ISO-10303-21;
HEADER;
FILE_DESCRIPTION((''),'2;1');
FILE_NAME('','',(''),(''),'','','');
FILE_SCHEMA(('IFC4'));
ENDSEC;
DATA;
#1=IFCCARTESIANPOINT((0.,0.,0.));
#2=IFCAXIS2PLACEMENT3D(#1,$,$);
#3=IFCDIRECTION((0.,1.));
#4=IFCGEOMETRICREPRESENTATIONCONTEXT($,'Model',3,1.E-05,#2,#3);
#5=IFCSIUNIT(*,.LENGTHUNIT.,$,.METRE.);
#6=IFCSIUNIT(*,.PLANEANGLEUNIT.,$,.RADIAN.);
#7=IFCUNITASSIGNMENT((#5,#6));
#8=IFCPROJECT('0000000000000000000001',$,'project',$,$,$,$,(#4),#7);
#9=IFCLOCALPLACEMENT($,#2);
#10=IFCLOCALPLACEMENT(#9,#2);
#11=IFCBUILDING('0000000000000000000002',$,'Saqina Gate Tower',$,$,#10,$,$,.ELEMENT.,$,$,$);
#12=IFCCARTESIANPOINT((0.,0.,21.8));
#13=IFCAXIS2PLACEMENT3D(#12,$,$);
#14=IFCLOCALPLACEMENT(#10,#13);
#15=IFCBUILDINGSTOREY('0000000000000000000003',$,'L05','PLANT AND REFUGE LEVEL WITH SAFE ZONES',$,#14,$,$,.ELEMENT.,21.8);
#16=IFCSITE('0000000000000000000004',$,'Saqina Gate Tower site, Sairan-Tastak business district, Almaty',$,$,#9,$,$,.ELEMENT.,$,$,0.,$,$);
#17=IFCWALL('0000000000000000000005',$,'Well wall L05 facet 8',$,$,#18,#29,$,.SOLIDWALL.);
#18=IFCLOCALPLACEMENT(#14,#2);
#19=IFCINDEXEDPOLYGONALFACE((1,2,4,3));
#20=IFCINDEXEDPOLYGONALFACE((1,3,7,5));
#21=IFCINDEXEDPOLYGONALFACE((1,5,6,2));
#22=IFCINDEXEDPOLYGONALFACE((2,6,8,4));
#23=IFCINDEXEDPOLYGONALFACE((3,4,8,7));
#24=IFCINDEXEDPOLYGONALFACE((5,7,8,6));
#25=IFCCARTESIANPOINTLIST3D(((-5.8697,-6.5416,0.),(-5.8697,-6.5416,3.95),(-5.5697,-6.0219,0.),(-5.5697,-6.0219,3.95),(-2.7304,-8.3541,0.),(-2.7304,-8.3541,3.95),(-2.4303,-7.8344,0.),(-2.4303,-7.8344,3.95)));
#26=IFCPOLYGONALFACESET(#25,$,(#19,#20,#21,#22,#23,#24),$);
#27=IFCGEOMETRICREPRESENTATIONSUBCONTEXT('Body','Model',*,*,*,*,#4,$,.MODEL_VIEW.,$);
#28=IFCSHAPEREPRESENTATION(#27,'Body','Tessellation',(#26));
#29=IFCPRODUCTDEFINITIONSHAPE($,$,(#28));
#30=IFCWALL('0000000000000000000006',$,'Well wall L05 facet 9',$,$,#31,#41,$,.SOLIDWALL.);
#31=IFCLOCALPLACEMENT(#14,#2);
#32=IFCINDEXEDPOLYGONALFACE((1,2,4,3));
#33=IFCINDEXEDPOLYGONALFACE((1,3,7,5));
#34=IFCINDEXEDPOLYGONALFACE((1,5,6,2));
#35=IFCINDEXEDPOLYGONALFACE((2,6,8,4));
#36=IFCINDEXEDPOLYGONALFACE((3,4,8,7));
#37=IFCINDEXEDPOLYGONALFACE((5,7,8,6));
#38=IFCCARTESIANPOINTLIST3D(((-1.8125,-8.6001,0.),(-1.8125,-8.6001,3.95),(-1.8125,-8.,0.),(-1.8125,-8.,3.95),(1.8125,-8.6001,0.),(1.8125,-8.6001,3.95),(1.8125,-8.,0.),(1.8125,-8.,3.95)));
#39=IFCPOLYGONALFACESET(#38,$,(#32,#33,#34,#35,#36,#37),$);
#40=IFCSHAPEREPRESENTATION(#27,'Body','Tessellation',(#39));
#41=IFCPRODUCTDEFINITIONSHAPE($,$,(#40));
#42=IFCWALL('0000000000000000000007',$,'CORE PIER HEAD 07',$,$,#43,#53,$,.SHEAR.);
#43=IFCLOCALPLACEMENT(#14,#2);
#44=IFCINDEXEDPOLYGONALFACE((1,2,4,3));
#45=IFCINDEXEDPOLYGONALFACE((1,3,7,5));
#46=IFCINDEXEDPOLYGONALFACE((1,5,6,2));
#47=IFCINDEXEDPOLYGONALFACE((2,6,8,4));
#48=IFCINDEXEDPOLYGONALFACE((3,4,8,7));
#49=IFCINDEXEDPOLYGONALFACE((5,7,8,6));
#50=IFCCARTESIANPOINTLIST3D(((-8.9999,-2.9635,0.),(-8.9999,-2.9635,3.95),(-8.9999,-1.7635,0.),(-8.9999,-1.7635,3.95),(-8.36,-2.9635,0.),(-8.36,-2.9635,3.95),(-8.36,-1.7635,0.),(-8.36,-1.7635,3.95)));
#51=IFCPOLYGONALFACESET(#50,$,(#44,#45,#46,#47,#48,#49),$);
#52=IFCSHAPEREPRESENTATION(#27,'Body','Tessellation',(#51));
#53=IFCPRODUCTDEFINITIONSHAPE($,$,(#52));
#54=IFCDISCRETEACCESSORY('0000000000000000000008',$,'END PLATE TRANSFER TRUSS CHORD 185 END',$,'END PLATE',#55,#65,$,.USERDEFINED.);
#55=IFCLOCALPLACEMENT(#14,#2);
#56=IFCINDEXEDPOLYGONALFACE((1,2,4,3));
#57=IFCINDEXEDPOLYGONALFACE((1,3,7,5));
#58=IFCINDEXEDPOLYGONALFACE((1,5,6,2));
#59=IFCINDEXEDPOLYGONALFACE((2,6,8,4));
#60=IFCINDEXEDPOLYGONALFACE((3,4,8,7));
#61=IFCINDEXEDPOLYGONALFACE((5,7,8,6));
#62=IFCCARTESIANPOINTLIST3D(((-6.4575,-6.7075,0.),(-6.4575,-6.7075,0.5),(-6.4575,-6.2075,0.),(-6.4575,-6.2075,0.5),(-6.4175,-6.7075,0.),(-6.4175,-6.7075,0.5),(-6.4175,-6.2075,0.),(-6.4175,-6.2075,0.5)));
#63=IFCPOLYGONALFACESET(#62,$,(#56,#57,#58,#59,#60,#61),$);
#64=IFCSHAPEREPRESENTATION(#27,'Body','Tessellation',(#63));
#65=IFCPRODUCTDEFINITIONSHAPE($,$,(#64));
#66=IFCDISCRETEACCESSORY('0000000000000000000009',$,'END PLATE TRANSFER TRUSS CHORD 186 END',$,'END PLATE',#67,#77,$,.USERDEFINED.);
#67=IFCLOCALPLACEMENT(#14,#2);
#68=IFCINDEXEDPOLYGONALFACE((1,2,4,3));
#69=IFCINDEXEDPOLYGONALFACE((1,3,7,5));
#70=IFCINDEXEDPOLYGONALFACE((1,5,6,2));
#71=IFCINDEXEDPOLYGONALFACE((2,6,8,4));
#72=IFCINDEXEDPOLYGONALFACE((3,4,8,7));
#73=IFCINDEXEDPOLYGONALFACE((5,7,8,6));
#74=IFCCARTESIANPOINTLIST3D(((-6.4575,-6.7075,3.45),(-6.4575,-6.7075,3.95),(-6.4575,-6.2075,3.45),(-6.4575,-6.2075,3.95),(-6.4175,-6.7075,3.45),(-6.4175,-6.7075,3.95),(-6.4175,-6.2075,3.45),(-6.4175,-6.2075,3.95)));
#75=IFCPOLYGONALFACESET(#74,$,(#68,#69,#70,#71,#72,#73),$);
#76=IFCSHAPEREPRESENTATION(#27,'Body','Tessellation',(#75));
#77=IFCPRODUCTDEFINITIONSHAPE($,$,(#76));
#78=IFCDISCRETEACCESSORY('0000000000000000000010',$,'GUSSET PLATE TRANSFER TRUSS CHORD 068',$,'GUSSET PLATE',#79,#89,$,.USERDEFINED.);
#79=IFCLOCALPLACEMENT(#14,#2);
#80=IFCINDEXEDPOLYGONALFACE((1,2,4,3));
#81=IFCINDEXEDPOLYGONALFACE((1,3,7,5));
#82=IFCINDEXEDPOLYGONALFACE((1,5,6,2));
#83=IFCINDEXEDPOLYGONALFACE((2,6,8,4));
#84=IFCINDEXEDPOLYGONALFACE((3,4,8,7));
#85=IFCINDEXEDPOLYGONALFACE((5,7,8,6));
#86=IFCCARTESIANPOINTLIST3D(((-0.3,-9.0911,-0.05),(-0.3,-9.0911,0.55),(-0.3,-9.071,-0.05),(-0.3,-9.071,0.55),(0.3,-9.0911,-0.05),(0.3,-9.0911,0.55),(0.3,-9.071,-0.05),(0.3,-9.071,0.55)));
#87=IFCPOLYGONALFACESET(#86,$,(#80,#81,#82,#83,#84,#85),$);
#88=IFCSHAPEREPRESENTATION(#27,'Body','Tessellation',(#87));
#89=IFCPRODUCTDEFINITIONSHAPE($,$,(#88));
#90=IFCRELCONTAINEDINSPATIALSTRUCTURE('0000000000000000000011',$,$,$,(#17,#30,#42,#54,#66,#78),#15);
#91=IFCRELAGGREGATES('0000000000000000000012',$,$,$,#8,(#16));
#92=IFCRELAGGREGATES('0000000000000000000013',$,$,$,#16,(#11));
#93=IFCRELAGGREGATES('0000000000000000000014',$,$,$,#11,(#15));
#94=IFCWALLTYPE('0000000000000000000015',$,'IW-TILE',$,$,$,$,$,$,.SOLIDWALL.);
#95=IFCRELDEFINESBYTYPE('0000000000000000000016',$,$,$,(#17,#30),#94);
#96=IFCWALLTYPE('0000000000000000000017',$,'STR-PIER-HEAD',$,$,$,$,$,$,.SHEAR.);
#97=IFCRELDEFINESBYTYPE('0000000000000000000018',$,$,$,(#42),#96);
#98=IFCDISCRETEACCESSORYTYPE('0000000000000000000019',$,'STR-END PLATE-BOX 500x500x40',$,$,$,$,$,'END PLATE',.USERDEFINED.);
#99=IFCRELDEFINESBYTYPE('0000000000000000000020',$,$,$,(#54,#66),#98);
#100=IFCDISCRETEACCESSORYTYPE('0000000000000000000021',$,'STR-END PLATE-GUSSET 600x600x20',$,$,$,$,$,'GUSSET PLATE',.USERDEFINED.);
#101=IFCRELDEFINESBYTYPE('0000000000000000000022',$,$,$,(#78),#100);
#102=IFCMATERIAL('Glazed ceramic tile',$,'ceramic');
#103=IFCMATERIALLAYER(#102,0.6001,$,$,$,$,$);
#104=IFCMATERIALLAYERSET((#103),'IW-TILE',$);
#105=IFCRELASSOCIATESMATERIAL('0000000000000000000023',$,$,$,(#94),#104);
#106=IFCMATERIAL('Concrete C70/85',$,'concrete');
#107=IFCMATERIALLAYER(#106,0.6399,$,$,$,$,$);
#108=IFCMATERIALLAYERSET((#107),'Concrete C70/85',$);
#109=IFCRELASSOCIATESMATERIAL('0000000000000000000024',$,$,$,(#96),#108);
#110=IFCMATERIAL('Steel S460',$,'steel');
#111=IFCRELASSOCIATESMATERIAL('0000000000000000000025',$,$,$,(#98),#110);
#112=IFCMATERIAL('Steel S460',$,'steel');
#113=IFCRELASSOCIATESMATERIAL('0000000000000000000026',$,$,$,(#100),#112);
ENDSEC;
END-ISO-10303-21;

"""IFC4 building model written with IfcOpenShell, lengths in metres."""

from ifc_helpers import new_model, si_unit, direction, frame, frame_2d, origin, origin_2d, place, context, subcontext, project, spatial, rectangle, extrude, material, layer, layer_set, material_profile, profile_set, type_object, element, save


model = new_model("IFC4")

# Units and contexts
model_context = context("Model", 3, precision=1e-05, world=origin(), true_north=direction((0.0, 1.0)))
body_context = subcontext(model_context, "Body", "Model", "MODEL_VIEW")
ifc_project = project(units=[si_unit("LENGTHUNIT", "METRE"), si_unit("PLANEANGLEUNIT", "RADIAN")], contexts=[model_context])

# Site, building, storey
site_placement = place(None, origin())
site = spatial("IfcSite", under=ifc_project, at=site_placement, Name="Saqina Gate Tower site, Sairan-Tastak business district, Almaty", CompositionType="ELEMENT", RefElevation=0.0)
building_placement = place(site_placement, origin())
building = spatial("IfcBuilding", under=site, at=building_placement, Name="Saqina Gate Tower", CompositionType="ELEMENT")
storey_placement = place(building_placement, frame((0.0, 0.0, 21.8)))
storey = spatial("IfcBuildingStorey", under=building, at=storey_placement, Name="L05", Description="PLANT AND REFUGE LEVEL WITH SAFE ZONES", CompositionType="ELEMENT", Elevation=21.8)

# Walls
ifc_material_1 = material(Name="Glazed ceramic tile", Category="ceramic")
ifc_layer_1 = layer(ifc_material_1, 0.6001)
ifc_layer_set_1 = layer_set([ifc_layer_1], Name="IW-TILE")
wall_type_1 = type_object("IfcWallType", Name="IW-TILE", PredefinedType="SOLIDWALL", material=ifc_layer_set_1)
for number, where, z_axis, x_axis, name in (
    (1, (-5.7197, -6.2817, 0.0), (0.0, 0.0, 1.0), (0.86603, -0.499993, 0.0), "Well wall L05 facet 8"),
    (2, (-1.8125, -8.3, 0.0), (0.0, 0.0, 1.0), (1.0, 0.0, 0.0), "Well wall L05 facet 9"),
):
    element("IfcWall", number, at=place(storey_placement, frame(where, z_axis=z_axis, x_axis=x_axis)), inside=storey, type_object=wall_type_1, Name=name, PredefinedType="SOLIDWALL", context=body_context, shape_type="SweptSolid", body=[
        extrude(rectangle(XDim=3.625, YDim=0.6001, at=frame_2d((1.8125, 0.0))), origin(), (0.0, 0.0, 1.0), 3.95),
    ])
ifc_material_2 = material(Name="Concrete C70/85", Category="concrete")
ifc_layer_2 = layer(ifc_material_2, 0.6399)
ifc_layer_set_2 = layer_set([ifc_layer_2], Name="Concrete C70/85")
wall_type_2 = type_object("IfcWallType", Name="STR-PIER-HEAD", PredefinedType="SHEAR", material=ifc_layer_set_2)
wall_placement = place(storey_placement, frame((-8.6799, -2.9636, 0.0), z_axis=(0.0, 0.0, 1.0), x_axis=(0.0, 1.0, 0.0)))
element("IfcWall", 3, at=wall_placement, inside=storey, type_object=wall_type_2, Name="CORE PIER HEAD 07", PredefinedType="SHEAR", context=body_context, shape_type="SweptSolid", body=[
    extrude(rectangle(XDim=1.2, YDim=0.6399, at=frame_2d((0.6001, 0.0))), origin(), (0.0, 0.0, 1.0), 3.95),
])

# Discrete accessories
ifc_material_3 = material(Name="Steel S460", Category="steel")
ifc_material_profile_1 = material_profile(ifc_material_3, rectangle(XDim=0.5, YDim=0.5, at=origin_2d()), Name="STR-END PLATE-BOX 500x500x40")
ifc_profile_set_1 = profile_set([ifc_material_profile_1], Name="Steel S460")
discrete_accessory_type_1 = type_object("IfcDiscreteAccessoryType", Name="STR-END PLATE-BOX 500x500x40", ElementType="END PLATE", PredefinedType="USERDEFINED", material=ifc_profile_set_1)
for number, where, z_axis, x_axis, name in (
    (4, (-6.4575, -6.4575, 0.25), (1.0, 0.0, 0.0), (0.0, 1.0, 0.0), "END PLATE TRANSFER TRUSS CHORD 185 END"),
    (5, (-6.4575, -6.4575, 3.7), (1.0, 0.0, 0.0), (0.0, 1.0, 0.0), "END PLATE TRANSFER TRUSS CHORD 186 END"),
):
    element("IfcDiscreteAccessory", number, at=place(storey_placement, frame(where, z_axis=z_axis, x_axis=x_axis)), inside=storey, type_object=discrete_accessory_type_1, Name=name, ObjectType="END PLATE", PredefinedType="USERDEFINED", context=body_context, shape_type="SweptSolid", body=[
        extrude(rectangle(XDim=0.5, YDim=0.5, at=origin_2d()), origin(), (0.0, 0.0, 1.0), 0.04),
    ])
ifc_material_4 = material(Name="Steel S460", Category="steel")
ifc_material_profile_2 = material_profile(ifc_material_4, rectangle(XDim=0.6001, YDim=0.6001, at=origin_2d()), Name="STR-END PLATE-GUSSET 600x600x20")
ifc_profile_set_2 = profile_set([ifc_material_profile_2], Name="Steel S460")
discrete_accessory_type_2 = type_object("IfcDiscreteAccessoryType", Name="STR-END PLATE-GUSSET 600x600x20", ElementType="GUSSET PLATE", PredefinedType="USERDEFINED", material=ifc_profile_set_2)
discrete_accessory_placement = place(storey_placement, frame((0.0, -9.071, 0.25), z_axis=(0.0, -1.0, 0.0), x_axis=(1.0, 0.0, 0.0)))
element("IfcDiscreteAccessory", 6, at=discrete_accessory_placement, inside=storey, type_object=discrete_accessory_type_2, Name="GUSSET PLATE TRANSFER TRUSS CHORD 068", ObjectType="GUSSET PLATE", PredefinedType="USERDEFINED", context=body_context, shape_type="SweptSolid", body=[
    extrude(rectangle(XDim=0.6001, YDim=0.6001, at=origin_2d()), origin(), (0.0, 0.0, 1.0), 0.02),
])

save(model, "model.ifc")
